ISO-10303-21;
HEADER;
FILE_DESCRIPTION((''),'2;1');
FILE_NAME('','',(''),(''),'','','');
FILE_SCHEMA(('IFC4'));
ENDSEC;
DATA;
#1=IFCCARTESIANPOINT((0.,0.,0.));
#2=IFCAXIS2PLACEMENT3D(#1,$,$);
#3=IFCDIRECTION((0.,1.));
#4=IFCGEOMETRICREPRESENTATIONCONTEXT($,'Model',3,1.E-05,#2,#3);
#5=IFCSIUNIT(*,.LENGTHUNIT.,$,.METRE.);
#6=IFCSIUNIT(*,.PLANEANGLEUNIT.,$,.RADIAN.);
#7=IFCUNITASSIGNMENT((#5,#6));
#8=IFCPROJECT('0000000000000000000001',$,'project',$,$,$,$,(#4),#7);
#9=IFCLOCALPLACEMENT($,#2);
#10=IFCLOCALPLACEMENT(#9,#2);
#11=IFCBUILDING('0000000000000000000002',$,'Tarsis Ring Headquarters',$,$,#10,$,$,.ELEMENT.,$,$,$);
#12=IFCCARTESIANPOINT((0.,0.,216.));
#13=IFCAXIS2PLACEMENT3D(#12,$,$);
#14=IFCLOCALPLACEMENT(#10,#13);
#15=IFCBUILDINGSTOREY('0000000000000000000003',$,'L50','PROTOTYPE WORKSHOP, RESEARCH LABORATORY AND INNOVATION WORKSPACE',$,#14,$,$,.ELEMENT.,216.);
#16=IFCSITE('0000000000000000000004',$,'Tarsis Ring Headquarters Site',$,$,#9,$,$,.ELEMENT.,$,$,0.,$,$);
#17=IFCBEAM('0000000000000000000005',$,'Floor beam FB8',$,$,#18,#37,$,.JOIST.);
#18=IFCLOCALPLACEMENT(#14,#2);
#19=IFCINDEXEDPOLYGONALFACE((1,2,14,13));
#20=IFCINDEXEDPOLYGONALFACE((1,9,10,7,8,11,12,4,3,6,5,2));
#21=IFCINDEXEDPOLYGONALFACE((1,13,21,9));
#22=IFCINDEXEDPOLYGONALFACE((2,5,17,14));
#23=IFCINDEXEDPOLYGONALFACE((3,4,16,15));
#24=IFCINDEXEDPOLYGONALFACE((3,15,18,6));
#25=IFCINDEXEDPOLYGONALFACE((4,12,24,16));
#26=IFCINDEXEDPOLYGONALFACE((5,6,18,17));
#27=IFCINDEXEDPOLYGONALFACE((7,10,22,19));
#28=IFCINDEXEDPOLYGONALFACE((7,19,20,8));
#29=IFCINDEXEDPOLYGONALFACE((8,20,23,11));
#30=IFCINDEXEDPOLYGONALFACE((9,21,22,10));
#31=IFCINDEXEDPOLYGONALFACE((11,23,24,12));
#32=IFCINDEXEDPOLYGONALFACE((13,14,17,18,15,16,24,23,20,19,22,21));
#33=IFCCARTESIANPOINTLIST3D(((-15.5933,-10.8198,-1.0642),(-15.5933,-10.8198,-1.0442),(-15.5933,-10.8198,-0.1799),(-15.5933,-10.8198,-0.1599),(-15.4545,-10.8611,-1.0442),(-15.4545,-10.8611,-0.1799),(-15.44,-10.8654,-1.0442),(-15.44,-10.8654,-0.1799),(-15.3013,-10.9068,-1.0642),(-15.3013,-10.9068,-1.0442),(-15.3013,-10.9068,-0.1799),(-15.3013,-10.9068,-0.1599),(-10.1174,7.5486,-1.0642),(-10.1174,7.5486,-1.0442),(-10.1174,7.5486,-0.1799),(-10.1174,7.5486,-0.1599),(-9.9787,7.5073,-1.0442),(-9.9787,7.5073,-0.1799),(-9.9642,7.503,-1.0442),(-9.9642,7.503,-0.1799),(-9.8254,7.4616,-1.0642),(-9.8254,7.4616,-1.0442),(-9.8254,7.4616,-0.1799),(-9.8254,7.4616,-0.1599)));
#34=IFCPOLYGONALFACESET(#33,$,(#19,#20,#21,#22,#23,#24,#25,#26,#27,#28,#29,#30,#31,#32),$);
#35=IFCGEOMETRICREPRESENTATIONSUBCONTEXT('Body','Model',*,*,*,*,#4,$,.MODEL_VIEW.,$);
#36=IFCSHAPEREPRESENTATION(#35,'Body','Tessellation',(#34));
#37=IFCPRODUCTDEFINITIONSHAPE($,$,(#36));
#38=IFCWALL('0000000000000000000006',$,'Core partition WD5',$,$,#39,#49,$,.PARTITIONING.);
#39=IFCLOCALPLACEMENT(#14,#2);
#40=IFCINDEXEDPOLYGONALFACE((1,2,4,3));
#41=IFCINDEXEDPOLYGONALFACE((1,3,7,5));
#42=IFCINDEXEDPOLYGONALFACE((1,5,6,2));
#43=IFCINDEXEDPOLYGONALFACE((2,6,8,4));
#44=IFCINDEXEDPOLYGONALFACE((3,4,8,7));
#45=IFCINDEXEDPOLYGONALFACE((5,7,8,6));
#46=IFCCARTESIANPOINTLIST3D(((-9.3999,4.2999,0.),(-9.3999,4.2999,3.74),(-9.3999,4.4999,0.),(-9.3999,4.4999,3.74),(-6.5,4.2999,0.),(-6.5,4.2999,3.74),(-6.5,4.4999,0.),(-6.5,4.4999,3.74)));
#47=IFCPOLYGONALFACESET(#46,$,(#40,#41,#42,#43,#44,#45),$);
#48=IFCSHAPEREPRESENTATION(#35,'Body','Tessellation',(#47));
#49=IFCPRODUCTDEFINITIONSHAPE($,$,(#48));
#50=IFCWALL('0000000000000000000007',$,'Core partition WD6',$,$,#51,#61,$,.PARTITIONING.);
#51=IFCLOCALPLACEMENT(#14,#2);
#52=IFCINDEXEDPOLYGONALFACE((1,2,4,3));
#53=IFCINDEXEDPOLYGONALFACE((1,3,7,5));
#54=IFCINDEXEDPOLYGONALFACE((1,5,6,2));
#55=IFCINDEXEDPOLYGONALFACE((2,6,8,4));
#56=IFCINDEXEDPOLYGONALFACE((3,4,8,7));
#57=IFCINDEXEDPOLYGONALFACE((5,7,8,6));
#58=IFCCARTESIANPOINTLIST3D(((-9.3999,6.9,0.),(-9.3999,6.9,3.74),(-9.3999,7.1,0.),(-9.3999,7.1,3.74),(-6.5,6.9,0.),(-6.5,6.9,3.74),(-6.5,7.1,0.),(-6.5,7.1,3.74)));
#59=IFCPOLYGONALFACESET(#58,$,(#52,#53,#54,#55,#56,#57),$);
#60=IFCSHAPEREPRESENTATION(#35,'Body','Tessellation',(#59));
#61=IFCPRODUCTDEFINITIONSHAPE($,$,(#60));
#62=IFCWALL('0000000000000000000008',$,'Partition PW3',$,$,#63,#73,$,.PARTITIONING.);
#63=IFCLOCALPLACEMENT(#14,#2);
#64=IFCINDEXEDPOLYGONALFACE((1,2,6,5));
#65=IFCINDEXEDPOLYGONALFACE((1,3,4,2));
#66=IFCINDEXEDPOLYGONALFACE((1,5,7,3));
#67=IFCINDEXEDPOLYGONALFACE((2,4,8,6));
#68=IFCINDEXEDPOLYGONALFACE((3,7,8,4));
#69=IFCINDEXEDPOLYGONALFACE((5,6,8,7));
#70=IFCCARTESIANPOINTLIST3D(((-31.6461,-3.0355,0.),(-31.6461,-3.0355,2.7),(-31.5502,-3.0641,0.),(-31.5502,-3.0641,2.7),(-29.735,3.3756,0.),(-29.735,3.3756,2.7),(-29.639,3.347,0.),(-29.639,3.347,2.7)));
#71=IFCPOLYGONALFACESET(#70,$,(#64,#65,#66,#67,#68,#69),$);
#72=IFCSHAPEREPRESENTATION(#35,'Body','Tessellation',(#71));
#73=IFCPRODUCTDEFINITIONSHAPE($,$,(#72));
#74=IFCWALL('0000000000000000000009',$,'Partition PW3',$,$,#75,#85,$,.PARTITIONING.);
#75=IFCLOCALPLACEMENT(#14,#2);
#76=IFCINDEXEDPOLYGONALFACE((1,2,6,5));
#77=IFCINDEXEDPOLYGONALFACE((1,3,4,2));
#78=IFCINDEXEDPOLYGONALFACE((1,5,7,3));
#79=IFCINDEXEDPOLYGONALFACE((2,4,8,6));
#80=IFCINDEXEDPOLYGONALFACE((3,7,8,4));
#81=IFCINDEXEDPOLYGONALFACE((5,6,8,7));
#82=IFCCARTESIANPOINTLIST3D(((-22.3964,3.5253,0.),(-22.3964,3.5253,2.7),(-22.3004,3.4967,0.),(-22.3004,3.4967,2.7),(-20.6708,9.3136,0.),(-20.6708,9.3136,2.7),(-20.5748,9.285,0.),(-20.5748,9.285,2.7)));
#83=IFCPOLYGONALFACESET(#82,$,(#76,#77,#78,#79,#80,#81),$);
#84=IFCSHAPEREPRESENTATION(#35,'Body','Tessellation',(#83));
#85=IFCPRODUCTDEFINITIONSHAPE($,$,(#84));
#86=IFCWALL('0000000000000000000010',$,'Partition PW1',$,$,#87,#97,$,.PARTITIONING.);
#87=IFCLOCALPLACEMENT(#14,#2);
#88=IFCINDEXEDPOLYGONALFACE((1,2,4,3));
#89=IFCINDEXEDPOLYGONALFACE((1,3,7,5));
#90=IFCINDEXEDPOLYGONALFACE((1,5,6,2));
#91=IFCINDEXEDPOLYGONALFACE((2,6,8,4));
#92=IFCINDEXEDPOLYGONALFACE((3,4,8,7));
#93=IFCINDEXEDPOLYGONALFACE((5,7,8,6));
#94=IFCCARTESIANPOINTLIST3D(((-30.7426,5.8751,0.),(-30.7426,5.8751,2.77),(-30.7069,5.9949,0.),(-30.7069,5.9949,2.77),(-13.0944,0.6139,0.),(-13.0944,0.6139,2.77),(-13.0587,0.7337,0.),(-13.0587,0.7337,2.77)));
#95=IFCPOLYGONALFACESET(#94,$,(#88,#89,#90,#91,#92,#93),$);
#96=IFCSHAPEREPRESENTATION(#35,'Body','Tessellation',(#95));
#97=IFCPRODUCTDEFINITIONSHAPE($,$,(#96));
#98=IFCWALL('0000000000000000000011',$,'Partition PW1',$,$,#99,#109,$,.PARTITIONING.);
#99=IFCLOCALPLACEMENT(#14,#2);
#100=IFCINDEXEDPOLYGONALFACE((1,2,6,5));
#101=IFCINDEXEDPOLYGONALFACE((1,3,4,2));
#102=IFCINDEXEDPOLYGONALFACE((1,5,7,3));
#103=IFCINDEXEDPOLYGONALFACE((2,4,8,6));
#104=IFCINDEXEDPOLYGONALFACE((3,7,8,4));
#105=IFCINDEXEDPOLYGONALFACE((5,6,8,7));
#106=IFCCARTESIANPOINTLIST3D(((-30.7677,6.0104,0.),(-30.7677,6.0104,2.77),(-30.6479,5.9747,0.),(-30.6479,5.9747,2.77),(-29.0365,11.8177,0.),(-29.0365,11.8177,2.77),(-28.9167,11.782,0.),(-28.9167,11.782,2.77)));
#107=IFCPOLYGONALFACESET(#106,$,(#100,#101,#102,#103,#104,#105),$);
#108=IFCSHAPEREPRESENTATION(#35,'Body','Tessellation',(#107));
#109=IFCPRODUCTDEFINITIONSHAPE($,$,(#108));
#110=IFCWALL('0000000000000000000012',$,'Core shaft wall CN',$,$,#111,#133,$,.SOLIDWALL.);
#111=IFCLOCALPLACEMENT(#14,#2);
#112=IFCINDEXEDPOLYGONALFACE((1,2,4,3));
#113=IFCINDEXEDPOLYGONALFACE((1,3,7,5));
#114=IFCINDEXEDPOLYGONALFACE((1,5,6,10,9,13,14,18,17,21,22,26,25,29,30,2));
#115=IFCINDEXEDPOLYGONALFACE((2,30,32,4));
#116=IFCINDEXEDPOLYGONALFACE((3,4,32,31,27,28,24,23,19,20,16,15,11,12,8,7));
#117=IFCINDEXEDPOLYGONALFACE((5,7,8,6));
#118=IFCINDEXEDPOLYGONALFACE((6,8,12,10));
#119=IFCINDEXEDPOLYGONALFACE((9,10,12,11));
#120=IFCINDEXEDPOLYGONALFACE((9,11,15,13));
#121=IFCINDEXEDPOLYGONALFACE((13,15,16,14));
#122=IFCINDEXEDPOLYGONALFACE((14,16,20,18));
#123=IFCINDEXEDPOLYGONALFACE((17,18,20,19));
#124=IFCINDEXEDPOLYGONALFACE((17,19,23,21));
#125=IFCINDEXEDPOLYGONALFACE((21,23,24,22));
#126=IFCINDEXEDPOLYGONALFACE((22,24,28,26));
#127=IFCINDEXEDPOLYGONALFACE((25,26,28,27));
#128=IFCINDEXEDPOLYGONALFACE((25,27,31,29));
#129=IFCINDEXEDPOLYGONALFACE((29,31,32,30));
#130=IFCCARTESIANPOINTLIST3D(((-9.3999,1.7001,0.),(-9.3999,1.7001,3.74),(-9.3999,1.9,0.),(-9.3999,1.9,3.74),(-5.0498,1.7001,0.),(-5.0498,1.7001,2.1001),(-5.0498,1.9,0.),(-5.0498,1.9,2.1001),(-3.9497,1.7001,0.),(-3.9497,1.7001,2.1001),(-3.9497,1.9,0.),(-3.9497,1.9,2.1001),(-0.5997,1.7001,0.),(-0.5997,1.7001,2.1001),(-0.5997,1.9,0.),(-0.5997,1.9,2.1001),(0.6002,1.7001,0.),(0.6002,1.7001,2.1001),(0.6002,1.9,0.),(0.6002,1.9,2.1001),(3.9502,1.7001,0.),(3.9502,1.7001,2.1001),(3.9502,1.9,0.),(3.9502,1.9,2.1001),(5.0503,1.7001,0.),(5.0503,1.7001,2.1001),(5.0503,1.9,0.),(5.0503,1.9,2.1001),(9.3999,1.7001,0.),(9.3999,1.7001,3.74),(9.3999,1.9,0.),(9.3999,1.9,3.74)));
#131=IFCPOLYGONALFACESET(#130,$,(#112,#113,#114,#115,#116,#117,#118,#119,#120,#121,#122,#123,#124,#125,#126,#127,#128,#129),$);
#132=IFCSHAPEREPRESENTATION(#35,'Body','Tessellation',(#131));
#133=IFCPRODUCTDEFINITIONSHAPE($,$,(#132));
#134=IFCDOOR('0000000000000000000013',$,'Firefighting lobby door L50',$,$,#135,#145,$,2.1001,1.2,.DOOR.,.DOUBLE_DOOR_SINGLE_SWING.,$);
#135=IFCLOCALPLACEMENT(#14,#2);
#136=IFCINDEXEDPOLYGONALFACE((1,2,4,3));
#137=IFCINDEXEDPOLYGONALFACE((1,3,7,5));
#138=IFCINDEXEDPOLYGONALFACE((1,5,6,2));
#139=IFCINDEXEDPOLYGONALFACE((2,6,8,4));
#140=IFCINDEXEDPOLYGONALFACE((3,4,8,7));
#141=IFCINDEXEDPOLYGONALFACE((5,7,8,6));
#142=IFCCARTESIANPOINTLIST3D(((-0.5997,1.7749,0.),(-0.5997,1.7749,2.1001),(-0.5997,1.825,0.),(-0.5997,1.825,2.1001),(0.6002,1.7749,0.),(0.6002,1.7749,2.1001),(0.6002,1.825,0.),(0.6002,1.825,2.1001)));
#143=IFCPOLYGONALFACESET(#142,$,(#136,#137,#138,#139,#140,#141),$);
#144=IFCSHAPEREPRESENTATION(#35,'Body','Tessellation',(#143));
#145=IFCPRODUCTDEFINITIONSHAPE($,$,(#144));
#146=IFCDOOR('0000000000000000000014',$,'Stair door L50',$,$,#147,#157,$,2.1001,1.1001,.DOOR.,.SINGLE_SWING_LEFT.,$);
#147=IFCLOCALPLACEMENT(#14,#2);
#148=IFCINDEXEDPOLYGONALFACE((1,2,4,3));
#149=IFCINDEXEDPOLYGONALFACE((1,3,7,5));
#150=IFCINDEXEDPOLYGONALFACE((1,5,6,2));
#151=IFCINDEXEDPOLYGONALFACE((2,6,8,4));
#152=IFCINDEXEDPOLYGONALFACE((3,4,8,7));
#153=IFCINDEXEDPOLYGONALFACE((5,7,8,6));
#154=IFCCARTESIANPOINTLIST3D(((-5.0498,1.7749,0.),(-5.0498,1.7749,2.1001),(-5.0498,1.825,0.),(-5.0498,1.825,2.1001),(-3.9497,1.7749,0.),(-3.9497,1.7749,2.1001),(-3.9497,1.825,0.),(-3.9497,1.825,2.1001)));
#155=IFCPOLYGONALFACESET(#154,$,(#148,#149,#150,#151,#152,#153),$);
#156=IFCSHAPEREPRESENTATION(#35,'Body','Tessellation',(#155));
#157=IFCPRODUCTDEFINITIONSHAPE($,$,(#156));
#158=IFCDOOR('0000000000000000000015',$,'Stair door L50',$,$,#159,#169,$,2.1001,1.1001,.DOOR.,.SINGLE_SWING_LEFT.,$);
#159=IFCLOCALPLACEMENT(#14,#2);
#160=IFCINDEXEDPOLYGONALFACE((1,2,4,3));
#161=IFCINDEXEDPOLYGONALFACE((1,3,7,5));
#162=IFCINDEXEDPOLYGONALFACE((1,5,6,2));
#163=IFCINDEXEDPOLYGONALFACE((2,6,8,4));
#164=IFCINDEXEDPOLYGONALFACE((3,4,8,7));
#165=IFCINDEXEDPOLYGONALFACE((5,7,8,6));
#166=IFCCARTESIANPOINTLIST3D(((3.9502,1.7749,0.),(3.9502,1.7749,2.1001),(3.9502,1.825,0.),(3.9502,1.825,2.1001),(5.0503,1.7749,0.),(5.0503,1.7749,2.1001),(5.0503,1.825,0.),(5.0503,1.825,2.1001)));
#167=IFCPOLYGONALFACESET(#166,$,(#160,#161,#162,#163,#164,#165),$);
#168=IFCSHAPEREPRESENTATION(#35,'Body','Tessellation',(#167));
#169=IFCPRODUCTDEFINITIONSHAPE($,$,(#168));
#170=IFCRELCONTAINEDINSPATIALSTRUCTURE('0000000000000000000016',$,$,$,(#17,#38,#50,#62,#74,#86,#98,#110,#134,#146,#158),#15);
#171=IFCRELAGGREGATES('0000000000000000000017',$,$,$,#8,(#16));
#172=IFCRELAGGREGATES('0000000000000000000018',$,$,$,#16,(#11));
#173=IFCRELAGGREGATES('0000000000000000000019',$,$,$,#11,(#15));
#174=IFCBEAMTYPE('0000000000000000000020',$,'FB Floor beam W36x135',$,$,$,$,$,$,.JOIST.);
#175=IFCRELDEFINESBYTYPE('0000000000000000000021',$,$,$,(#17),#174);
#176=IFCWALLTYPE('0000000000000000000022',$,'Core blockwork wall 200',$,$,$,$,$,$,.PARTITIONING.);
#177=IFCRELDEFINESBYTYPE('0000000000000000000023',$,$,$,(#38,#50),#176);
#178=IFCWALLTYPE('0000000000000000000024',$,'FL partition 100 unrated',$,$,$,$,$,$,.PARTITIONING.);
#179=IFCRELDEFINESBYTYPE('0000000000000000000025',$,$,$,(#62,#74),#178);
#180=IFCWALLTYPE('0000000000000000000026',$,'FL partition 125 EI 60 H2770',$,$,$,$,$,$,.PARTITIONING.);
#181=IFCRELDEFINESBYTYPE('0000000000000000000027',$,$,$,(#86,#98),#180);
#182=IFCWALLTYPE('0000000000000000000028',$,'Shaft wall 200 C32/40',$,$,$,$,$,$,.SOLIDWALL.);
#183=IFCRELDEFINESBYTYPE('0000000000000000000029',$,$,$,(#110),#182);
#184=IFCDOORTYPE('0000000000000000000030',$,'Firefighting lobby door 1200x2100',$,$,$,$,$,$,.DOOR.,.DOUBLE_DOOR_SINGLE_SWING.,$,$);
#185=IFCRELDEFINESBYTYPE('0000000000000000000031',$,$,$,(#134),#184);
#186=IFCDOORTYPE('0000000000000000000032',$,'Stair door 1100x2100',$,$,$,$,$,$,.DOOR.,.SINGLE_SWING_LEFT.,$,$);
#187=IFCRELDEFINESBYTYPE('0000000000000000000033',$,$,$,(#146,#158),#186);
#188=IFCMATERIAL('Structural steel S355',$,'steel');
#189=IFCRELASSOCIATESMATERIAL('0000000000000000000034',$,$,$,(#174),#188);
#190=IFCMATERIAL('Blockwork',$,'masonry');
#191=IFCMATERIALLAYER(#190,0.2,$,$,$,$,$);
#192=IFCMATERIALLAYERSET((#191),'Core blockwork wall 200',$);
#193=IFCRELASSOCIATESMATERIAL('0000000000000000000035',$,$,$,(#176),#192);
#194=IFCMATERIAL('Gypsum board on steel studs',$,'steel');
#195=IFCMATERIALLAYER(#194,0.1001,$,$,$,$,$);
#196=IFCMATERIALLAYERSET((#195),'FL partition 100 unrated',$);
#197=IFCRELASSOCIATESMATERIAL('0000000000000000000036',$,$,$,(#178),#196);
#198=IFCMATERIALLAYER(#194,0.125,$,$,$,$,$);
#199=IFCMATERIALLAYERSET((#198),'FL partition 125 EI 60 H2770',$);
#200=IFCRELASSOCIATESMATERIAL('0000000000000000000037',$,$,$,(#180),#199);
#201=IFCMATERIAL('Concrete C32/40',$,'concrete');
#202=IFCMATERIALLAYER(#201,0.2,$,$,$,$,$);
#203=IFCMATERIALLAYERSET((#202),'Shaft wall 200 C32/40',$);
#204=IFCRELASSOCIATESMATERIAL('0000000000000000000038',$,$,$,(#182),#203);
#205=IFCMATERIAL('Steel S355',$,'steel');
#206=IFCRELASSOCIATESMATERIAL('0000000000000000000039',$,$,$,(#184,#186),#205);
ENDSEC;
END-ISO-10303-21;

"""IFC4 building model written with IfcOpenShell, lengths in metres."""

from ifc_helpers import new_model, si_unit, direction, frame, frame_2d, origin, origin_2d, place, context, subcontext, project, spatial, rectangle, i_section, extrude, material, layer, layer_set, material_profile, profile_set, type_object, element, fill, save


model = new_model("IFC4")

# Units and contexts
model_context = context("Model", 3, precision=1e-05, world=origin(), true_north=direction((0.0, 1.0)))
body_context = subcontext(model_context, "Body", "Model", "MODEL_VIEW")
ifc_project = project(units=[si_unit("LENGTHUNIT", "METRE"), si_unit("PLANEANGLEUNIT", "RADIAN")], contexts=[model_context])

# Site, building, storey
site_placement = place(None, origin())
site = spatial("IfcSite", under=ifc_project, at=site_placement, Name="Tarsis Ring Headquarters Site", CompositionType="ELEMENT", RefElevation=0.0)
building_placement = place(site_placement, origin())
building = spatial("IfcBuilding", under=site, at=building_placement, Name="Tarsis Ring Headquarters", CompositionType="ELEMENT")
storey_placement = place(building_placement, frame((0.0, 0.0, 216.0)))
storey = spatial("IfcBuildingStorey", under=building, at=storey_placement, Name="L50", Description="PROTOTYPE WORKSHOP, RESEARCH LABORATORY AND INNOVATION WORKSPACE", CompositionType="ELEMENT", Elevation=216.0)

# Beam
ifc_material_1 = material(Name="Structural steel S355", Category="steel")
ifc_material_profile = material_profile(ifc_material_1, i_section(OverallWidth=0.3047, OverallDepth=0.9043, WebThickness=0.0151, FlangeThickness=0.02, at=origin_2d()), Name="W36x135")
ifc_profile_set = profile_set([ifc_material_profile], Name="Structural steel S355")
beam_type = type_object("IfcBeamType", Name="FB Floor beam W36x135", PredefinedType="JOIST", material=ifc_profile_set)
beam_placement = place(storey_placement, frame((-9.9714, 7.5051, -0.6121), z_axis=(-0.285687, -0.958323, 0.0), x_axis=(0.958323, -0.285687, 0.0)))
element("IfcBeam", 1, at=beam_placement, inside=storey, type_object=beam_type, Name="Floor beam FB8", PredefinedType="JOIST", context=body_context, shape_type="SweptSolid", body=[
    extrude(i_section(OverallWidth=0.3047, OverallDepth=0.9043, WebThickness=0.0151, FlangeThickness=0.02, at=origin_2d()), origin(), (0.0, 0.0, 1.0), 19.1672),
])

# Walls
ifc_material_2 = material(Name="Blockwork", Category="masonry")
ifc_layer_1 = layer(ifc_material_2, 0.2)
ifc_layer_set_1 = layer_set([ifc_layer_1], Name="Core blockwork wall 200")
wall_type_1 = type_object("IfcWallType", Name="Core blockwork wall 200", PredefinedType="PARTITIONING", material=ifc_layer_set_1)
for number, where, z_axis, x_axis, name in (
    (2, (-9.3999, 4.3999, 0.0), (0.0, 0.0, 1.0), (1.0, 0.0, 0.0), "Core partition WD5"),
    (3, (-9.3999, 7.0, 0.0), (0.0, 0.0, 1.0), (1.0, 0.0, 0.0), "Core partition WD6"),
):
    element("IfcWall", number, at=place(storey_placement, frame(where, z_axis=z_axis, x_axis=x_axis)), inside=storey, type_object=wall_type_1, Name=name, PredefinedType="PARTITIONING", context=body_context, shape_type="SweptSolid", body=[
        extrude(rectangle(XDim=2.8999, YDim=0.2, at=frame_2d((1.45, 0.0))), origin(), (0.0, 0.0, 1.0), 3.74),
    ])
ifc_material_3 = material(Name="Gypsum board on steel studs", Category="steel")
ifc_layer_2 = layer(ifc_material_3, 0.1001)
ifc_layer_set_2 = layer_set([ifc_layer_2], Name="FL partition 100 unrated")
wall_type_2 = type_object("IfcWallType", Name="FL partition 100 unrated", PredefinedType="PARTITIONING", material=ifc_layer_set_2)
wall_1_placement = place(storey_placement, frame((-31.5981, -3.0498, 0.0), z_axis=(0.0, 0.0, 1.0), x_axis=(0.285673, 0.958327, 0.0)))
element("IfcWall", 4, at=wall_1_placement, inside=storey, type_object=wall_type_2, Name="Partition PW3", PredefinedType="PARTITIONING", context=body_context, shape_type="SweptSolid", body=[
    extrude(rectangle(XDim=6.6899, YDim=0.1001, at=frame_2d((3.345, 0.0))), origin(), (0.0, 0.0, 1.0), 2.7),
])
wall_2_placement = place(storey_placement, frame((-22.3484, 3.511, 0.0), z_axis=(0.0, 0.0, 1.0), x_axis=(0.28569, 0.958322, 0.0)))
element("IfcWall", 5, at=wall_2_placement, inside=storey, type_object=wall_type_2, Name="Partition PW3", PredefinedType="PARTITIONING", context=body_context, shape_type="SweptSolid", body=[
    extrude(rectangle(XDim=6.04, YDim=0.1001, at=frame_2d((3.02, 0.0))), origin(), (0.0, 0.0, 1.0), 2.7),
])
ifc_layer_3 = layer(ifc_material_3, 0.125)
ifc_layer_set_3 = layer_set([ifc_layer_3], Name="FL partition 125 EI 60 H2770")
wall_type_3 = type_object("IfcWallType", Name="FL partition 125 EI 60 H2770", PredefinedType="PARTITIONING", material=ifc_layer_set_3)
wall_3_placement = place(storey_placement, frame((-30.7249, 5.9351, 0.0), z_axis=(0.0, 0.0, 1.0), x_axis=(0.958321, -0.285692, 0.0)))
element("IfcWall", 6, at=wall_3_placement, inside=storey, type_object=wall_type_3, Name="Partition PW1", PredefinedType="PARTITIONING", context=body_context, shape_type="SweptSolid", body=[
    extrude(rectangle(XDim=18.4158, YDim=0.125, at=frame_2d((9.208, 0.0))), origin(), (0.0, 0.0, 1.0), 2.77),
])
wall_4_placement = place(storey_placement, frame((-30.7078, 5.9927, 0.0), z_axis=(0.0, 0.0, 1.0), x_axis=(0.28568, 0.958325, 0.0)))
element("IfcWall", 7, at=wall_4_placement, inside=storey, type_object=wall_type_3, Name="Partition PW1", PredefinedType="PARTITIONING", context=body_context, shape_type="SweptSolid", body=[
    extrude(rectangle(XDim=6.0598, YDim=0.125, at=frame_2d((3.0298, 0.0))), origin(), (0.0, 0.0, 1.0), 2.77),
])

# Wall, openings, doors
ifc_material_4 = material(Name="Concrete C32/40", Category="concrete")
ifc_layer_4 = layer(ifc_material_4, 0.2)
ifc_layer_set_4 = layer_set([ifc_layer_4], Name="Shaft wall 200 C32/40")
wall_type_4 = type_object("IfcWallType", Name="Shaft wall 200 C32/40", PredefinedType="SOLIDWALL", material=ifc_layer_set_4)
wall_5_placement = place(storey_placement, frame((-9.3999, 1.8, 0.0), z_axis=(0.0, 0.0, 1.0), x_axis=(1.0, 0.0, 0.0)))
wall_5 = element("IfcWall", 8, at=wall_5_placement, inside=storey, type_object=wall_type_4, Name="Core shaft wall CN", PredefinedType="SOLIDWALL", context=body_context, shape_type="SweptSolid", body=[
    extrude(rectangle(XDim=18.7998, YDim=0.2, at=frame_2d((9.3999, 0.0))), origin(), (0.0, 0.0, 1.0), 3.74),
])
opening_1_placement = place(wall_5_placement, frame((4.3501, 0.0, 0.0)))
opening_1 = element("IfcOpeningElement", 9, at=opening_1_placement, cuts=wall_5, PredefinedType="OPENING", context=body_context, shape_type="SweptSolid", body=[
    extrude(rectangle(XDim=1.1001, YDim=2.1001, at=frame_2d((0.55, 1.05))), frame((0.0, 0.1099, 0.0), z_axis=(0.0, -1.0, 0.0), x_axis=(1.0, 0.0, 0.0)), (0.0, 0.0, 1.0), 0.22),
])
opening_2_placement = place(wall_5_placement, frame((8.8, 0.0, 0.0)))
opening_2 = element("IfcOpeningElement", 10, at=opening_2_placement, cuts=wall_5, PredefinedType="OPENING", context=body_context, shape_type="SweptSolid", body=[
    extrude(rectangle(XDim=1.2, YDim=2.1001, at=frame_2d((0.6001, 1.05))), frame((0.0, 0.1099, 0.0), z_axis=(0.0, -1.0, 0.0), x_axis=(1.0, 0.0, 0.0)), (0.0, 0.0, 1.0), 0.22),
])
opening_3_placement = place(wall_5_placement, frame((13.3501, 0.0, 0.0)))
opening_3 = element("IfcOpeningElement", 11, at=opening_3_placement, cuts=wall_5, PredefinedType="OPENING", context=body_context, shape_type="SweptSolid", body=[
    extrude(rectangle(XDim=1.1001, YDim=2.1001, at=frame_2d((0.55, 1.05))), frame((0.0, 0.1099, 0.0), z_axis=(0.0, -1.0, 0.0), x_axis=(1.0, 0.0, 0.0)), (0.0, 0.0, 1.0), 0.22),
])
ifc_material_5 = material(Name="Steel S355", Category="steel")
door_type_1 = type_object("IfcDoorType", Name="Firefighting lobby door 1200x2100", OperationType="DOUBLE_DOOR_SINGLE_SWING", PredefinedType="DOOR", material=ifc_material_5)
door_1_placement = place(opening_2_placement, origin())
door_1 = element("IfcDoor", 12, at=door_1_placement, inside=storey, type_object=door_type_1, Name="Firefighting lobby door L50", OperationType="DOUBLE_DOOR_SINGLE_SWING", OverallHeight=2.1001, OverallWidth=1.2, PredefinedType="DOOR", context=body_context, shape_type="SweptSolid", body=[
    extrude(rectangle(XDim=1.2, YDim=2.1001, at=frame_2d((0.6001, 1.05))), frame((0.0, 0.0249, 0.0), z_axis=(0.0, -1.0, 0.0), x_axis=(1.0, 0.0, 0.0)), (0.0, 0.0, 1.0), 0.05),
])
fill(opening_2, door_1)
door_type_2 = type_object("IfcDoorType", Name="Stair door 1100x2100", OperationType="SINGLE_SWING_LEFT", PredefinedType="DOOR", material=ifc_material_5)
door_2_placement = place(opening_1_placement, origin())
door_2 = element("IfcDoor", 13, at=door_2_placement, inside=storey, type_object=door_type_2, Name="Stair door L50", OperationType="SINGLE_SWING_LEFT", OverallHeight=2.1001, OverallWidth=1.1001, PredefinedType="DOOR", context=body_context, shape_type="SweptSolid", body=[
    extrude(rectangle(XDim=1.1001, YDim=2.1001, at=frame_2d((0.55, 1.05))), frame((0.0, 0.0249, 0.0), z_axis=(0.0, -1.0, 0.0), x_axis=(1.0, 0.0, 0.0)), (0.0, 0.0, 1.0), 0.05),
])
fill(opening_1, door_2)
door_3_placement = place(opening_3_placement, origin())
door_3 = element("IfcDoor", 14, at=door_3_placement, inside=storey, type_object=door_type_2, Name="Stair door L50", OperationType="SINGLE_SWING_LEFT", OverallHeight=2.1001, OverallWidth=1.1001, PredefinedType="DOOR", context=body_context, shape_type="SweptSolid", body=[
    extrude(rectangle(XDim=1.1001, YDim=2.1001, at=frame_2d((0.55, 1.05))), frame((0.0, 0.0249, 0.0), z_axis=(0.0, -1.0, 0.0), x_axis=(1.0, 0.0, 0.0)), (0.0, 0.0, 1.0), 0.05),
])
fill(opening_3, door_3)

save(model, "model.ifc")
